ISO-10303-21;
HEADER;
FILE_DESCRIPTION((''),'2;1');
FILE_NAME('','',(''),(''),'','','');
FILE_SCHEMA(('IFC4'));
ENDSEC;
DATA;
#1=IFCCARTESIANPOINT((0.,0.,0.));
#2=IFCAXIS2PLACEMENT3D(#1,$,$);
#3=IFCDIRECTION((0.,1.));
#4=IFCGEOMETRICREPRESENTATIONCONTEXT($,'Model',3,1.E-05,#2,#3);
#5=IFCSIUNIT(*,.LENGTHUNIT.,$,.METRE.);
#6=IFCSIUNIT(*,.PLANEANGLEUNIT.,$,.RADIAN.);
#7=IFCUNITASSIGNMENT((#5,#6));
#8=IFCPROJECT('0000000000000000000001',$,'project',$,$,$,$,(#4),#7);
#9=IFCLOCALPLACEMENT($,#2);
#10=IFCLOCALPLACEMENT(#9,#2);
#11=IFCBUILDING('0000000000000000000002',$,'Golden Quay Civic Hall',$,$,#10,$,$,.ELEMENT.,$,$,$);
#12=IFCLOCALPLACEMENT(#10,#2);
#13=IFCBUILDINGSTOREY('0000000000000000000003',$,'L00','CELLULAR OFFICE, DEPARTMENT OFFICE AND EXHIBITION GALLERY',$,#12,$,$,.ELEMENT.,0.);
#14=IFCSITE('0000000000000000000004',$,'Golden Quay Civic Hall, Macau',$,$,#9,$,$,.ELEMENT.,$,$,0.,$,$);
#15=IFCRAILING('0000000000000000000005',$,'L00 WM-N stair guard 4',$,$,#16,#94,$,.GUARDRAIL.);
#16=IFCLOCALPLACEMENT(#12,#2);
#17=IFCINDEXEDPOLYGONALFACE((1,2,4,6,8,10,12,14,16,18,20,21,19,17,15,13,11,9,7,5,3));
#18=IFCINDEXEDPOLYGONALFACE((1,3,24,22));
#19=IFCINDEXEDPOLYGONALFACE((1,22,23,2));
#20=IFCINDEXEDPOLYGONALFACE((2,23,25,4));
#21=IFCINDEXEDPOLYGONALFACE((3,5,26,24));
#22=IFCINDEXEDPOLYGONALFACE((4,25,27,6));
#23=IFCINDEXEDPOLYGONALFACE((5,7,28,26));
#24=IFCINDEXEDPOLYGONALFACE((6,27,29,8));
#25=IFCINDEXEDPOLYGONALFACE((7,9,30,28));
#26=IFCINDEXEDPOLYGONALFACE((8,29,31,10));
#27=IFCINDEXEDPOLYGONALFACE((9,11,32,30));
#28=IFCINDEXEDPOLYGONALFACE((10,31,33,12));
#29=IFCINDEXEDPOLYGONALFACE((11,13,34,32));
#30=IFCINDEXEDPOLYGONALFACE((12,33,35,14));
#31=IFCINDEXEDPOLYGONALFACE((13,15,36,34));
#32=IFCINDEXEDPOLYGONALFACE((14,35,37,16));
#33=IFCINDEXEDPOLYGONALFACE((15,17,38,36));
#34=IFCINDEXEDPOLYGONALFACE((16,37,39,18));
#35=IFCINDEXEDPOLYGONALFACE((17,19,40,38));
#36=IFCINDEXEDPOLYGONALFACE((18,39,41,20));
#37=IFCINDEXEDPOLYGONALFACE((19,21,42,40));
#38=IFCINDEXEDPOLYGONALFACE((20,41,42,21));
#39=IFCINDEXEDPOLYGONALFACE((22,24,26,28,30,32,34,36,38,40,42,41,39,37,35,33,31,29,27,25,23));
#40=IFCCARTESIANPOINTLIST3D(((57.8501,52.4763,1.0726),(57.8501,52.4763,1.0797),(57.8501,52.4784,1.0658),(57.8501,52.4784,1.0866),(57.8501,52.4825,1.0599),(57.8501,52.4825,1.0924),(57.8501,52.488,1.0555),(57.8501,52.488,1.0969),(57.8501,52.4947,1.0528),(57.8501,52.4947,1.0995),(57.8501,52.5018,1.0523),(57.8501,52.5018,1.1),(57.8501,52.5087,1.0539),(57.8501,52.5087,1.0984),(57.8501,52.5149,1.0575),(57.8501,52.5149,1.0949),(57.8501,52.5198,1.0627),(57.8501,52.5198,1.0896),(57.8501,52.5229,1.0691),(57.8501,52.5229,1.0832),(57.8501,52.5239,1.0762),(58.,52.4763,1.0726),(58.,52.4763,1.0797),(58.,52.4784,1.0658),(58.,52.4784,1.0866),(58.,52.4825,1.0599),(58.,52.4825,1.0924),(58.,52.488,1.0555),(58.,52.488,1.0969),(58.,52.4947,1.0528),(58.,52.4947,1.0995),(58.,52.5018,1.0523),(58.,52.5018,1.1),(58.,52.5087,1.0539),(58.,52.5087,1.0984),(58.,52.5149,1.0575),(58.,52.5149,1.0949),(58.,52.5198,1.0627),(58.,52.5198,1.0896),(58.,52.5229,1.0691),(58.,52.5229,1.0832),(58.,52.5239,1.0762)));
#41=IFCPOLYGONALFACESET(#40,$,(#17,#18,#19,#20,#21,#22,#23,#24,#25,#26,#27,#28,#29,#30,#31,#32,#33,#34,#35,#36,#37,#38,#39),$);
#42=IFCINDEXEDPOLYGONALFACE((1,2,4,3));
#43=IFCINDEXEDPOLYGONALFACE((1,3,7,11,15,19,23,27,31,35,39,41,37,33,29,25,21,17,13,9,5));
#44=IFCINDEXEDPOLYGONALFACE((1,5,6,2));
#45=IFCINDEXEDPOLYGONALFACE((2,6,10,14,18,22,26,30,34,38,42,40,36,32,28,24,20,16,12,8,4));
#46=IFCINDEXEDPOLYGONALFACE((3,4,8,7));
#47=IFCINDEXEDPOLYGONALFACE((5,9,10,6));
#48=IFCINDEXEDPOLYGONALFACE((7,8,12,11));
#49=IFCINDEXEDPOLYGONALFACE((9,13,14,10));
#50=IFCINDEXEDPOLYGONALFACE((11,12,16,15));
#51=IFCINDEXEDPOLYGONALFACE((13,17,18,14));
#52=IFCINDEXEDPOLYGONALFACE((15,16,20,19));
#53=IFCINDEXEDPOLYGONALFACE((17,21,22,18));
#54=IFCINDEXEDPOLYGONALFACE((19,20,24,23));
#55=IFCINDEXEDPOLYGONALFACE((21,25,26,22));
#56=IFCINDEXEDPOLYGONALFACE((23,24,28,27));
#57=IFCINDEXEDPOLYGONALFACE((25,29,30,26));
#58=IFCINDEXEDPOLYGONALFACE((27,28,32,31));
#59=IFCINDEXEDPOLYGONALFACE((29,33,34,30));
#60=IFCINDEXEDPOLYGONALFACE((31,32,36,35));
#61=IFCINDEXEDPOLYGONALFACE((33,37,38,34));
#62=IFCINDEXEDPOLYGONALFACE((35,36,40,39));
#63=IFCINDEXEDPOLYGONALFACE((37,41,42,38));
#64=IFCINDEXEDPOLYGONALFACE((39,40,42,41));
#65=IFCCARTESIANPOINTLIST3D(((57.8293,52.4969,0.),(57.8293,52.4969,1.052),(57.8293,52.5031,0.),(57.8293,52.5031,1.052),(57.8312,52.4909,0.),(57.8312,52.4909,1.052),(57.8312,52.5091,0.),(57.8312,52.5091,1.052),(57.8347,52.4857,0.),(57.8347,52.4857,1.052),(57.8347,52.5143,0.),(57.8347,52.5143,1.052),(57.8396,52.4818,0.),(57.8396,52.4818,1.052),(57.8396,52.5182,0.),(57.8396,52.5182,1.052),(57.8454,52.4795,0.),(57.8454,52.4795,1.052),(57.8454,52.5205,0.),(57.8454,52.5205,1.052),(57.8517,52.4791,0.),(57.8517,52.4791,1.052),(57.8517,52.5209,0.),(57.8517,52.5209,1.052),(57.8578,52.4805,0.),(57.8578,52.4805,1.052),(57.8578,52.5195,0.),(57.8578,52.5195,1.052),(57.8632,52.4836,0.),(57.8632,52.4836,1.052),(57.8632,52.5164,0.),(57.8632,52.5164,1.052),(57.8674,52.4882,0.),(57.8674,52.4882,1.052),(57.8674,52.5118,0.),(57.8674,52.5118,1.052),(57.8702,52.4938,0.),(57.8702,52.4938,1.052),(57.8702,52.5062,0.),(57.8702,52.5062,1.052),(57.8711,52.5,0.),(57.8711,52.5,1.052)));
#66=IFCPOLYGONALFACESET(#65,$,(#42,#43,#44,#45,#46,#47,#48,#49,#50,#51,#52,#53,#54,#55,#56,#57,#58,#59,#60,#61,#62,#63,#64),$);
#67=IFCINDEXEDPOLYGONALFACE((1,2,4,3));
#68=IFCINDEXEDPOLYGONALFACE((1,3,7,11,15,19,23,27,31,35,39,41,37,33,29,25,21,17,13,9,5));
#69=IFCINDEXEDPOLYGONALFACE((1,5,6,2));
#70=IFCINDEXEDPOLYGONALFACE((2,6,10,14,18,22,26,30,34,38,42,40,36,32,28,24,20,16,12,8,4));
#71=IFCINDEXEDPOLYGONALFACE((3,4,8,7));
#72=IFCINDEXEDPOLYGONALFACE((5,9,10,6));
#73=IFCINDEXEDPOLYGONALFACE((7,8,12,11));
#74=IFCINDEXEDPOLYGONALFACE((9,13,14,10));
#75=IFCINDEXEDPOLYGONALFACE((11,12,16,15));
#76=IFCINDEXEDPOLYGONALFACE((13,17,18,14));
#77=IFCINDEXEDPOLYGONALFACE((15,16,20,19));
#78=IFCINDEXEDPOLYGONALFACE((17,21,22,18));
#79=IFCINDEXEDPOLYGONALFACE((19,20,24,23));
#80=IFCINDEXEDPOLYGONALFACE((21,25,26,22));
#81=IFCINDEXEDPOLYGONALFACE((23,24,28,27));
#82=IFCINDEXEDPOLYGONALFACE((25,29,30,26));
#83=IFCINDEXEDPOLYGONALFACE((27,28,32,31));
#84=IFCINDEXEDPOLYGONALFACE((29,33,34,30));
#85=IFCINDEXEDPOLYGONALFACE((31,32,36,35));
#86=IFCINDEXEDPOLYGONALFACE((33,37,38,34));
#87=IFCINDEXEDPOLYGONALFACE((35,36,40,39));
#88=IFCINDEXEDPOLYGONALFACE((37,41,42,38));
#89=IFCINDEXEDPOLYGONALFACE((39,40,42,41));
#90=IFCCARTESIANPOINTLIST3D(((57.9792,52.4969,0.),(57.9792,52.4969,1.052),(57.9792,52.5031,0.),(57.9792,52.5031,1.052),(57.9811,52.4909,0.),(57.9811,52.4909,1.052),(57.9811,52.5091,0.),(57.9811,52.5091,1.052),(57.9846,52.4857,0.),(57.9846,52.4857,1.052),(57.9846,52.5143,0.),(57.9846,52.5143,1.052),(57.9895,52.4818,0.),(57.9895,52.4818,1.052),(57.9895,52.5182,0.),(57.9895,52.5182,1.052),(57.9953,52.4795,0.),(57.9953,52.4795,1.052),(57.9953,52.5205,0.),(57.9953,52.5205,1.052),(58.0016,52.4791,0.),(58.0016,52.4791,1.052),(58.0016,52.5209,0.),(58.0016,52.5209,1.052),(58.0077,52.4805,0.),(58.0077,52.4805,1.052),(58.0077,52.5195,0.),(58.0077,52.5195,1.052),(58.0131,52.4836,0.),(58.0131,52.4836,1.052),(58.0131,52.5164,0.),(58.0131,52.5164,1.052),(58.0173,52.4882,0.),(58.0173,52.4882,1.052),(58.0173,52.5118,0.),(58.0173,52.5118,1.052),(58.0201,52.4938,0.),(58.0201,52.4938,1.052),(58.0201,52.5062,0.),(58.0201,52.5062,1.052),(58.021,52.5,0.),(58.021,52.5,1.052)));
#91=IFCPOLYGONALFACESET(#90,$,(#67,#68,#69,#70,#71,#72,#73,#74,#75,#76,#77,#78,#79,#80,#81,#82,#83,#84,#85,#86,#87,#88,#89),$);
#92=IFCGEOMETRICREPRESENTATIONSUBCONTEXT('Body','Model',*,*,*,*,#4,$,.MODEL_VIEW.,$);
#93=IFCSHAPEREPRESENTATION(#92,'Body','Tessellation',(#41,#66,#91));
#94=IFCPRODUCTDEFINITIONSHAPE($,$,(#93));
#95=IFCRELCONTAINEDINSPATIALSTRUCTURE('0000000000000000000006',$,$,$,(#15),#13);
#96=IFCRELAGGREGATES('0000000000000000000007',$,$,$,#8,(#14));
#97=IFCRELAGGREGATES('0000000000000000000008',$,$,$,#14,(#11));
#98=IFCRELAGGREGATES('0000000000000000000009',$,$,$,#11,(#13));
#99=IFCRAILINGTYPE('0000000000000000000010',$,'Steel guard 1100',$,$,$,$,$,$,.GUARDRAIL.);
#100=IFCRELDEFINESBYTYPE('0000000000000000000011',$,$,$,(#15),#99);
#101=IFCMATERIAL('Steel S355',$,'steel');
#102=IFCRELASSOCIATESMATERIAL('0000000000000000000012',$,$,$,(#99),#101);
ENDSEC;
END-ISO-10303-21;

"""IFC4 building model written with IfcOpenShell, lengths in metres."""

from ifc_helpers import new_model, si_unit, direction, frame, origin, origin_2d, place, context, subcontext, project, spatial, circle, extrude, material, type_object, element, save


model = new_model("IFC4")

# Units and contexts
model_context = context("Model", 3, precision=1e-05, world=origin(), true_north=direction((0.0, 1.0)))
body_context = subcontext(model_context, "Body", "Model", "MODEL_VIEW")
ifc_project = project(units=[si_unit("LENGTHUNIT", "METRE"), si_unit("PLANEANGLEUNIT", "RADIAN")], contexts=[model_context])

# Site, building, storey
site_placement = place(None, origin())
site = spatial("IfcSite", under=ifc_project, at=site_placement, Name="Golden Quay Civic Hall, Macau", CompositionType="ELEMENT", RefElevation=0.0)
building_placement = place(site_placement, origin())
building = spatial("IfcBuilding", under=site, at=building_placement, Name="Golden Quay Civic Hall", CompositionType="ELEMENT")
storey_placement = place(building_placement, origin())
storey = spatial("IfcBuildingStorey", under=building, at=storey_placement, Name="L00", Description="CELLULAR OFFICE, DEPARTMENT OFFICE AND EXHIBITION GALLERY", CompositionType="ELEMENT", Elevation=0.0)

# Railing
ifc_material_1 = material(Name="Steel S355", Category="steel")
railing_type_1 = type_object("IfcRailingType", Name="Steel guard 1100", PredefinedType="GUARDRAIL", material=ifc_material_1)
railing_1_placement = place(storey_placement, frame((57.8501, 52.5, 0.0)))
element("IfcRailing", 1, at=railing_1_placement, inside=storey, type_object=railing_type_1, Name="L00 WM-N stair guard 4", PredefinedType="GUARDRAIL", context=body_context, shape_type="SweptSolid", body=[
    extrude(circle(Radius=0.0239, at=origin_2d()), frame((0.0, 0.0, 1.0762), z_axis=(1.0, 0.0, 0.0), x_axis=(0.0, 1.0, 0.0)), (0.0, 0.0, 1.0), 0.1499),
    extrude(circle(Radius=0.021, at=origin_2d()), origin(), (0.0, 0.0, 1.0), 1.052),
    extrude(circle(Radius=0.021, at=origin_2d()), frame((0.1499, 0.0, 0.0)), (0.0, 0.0, 1.0), 1.052),
])

save(model, "model.ifc")
